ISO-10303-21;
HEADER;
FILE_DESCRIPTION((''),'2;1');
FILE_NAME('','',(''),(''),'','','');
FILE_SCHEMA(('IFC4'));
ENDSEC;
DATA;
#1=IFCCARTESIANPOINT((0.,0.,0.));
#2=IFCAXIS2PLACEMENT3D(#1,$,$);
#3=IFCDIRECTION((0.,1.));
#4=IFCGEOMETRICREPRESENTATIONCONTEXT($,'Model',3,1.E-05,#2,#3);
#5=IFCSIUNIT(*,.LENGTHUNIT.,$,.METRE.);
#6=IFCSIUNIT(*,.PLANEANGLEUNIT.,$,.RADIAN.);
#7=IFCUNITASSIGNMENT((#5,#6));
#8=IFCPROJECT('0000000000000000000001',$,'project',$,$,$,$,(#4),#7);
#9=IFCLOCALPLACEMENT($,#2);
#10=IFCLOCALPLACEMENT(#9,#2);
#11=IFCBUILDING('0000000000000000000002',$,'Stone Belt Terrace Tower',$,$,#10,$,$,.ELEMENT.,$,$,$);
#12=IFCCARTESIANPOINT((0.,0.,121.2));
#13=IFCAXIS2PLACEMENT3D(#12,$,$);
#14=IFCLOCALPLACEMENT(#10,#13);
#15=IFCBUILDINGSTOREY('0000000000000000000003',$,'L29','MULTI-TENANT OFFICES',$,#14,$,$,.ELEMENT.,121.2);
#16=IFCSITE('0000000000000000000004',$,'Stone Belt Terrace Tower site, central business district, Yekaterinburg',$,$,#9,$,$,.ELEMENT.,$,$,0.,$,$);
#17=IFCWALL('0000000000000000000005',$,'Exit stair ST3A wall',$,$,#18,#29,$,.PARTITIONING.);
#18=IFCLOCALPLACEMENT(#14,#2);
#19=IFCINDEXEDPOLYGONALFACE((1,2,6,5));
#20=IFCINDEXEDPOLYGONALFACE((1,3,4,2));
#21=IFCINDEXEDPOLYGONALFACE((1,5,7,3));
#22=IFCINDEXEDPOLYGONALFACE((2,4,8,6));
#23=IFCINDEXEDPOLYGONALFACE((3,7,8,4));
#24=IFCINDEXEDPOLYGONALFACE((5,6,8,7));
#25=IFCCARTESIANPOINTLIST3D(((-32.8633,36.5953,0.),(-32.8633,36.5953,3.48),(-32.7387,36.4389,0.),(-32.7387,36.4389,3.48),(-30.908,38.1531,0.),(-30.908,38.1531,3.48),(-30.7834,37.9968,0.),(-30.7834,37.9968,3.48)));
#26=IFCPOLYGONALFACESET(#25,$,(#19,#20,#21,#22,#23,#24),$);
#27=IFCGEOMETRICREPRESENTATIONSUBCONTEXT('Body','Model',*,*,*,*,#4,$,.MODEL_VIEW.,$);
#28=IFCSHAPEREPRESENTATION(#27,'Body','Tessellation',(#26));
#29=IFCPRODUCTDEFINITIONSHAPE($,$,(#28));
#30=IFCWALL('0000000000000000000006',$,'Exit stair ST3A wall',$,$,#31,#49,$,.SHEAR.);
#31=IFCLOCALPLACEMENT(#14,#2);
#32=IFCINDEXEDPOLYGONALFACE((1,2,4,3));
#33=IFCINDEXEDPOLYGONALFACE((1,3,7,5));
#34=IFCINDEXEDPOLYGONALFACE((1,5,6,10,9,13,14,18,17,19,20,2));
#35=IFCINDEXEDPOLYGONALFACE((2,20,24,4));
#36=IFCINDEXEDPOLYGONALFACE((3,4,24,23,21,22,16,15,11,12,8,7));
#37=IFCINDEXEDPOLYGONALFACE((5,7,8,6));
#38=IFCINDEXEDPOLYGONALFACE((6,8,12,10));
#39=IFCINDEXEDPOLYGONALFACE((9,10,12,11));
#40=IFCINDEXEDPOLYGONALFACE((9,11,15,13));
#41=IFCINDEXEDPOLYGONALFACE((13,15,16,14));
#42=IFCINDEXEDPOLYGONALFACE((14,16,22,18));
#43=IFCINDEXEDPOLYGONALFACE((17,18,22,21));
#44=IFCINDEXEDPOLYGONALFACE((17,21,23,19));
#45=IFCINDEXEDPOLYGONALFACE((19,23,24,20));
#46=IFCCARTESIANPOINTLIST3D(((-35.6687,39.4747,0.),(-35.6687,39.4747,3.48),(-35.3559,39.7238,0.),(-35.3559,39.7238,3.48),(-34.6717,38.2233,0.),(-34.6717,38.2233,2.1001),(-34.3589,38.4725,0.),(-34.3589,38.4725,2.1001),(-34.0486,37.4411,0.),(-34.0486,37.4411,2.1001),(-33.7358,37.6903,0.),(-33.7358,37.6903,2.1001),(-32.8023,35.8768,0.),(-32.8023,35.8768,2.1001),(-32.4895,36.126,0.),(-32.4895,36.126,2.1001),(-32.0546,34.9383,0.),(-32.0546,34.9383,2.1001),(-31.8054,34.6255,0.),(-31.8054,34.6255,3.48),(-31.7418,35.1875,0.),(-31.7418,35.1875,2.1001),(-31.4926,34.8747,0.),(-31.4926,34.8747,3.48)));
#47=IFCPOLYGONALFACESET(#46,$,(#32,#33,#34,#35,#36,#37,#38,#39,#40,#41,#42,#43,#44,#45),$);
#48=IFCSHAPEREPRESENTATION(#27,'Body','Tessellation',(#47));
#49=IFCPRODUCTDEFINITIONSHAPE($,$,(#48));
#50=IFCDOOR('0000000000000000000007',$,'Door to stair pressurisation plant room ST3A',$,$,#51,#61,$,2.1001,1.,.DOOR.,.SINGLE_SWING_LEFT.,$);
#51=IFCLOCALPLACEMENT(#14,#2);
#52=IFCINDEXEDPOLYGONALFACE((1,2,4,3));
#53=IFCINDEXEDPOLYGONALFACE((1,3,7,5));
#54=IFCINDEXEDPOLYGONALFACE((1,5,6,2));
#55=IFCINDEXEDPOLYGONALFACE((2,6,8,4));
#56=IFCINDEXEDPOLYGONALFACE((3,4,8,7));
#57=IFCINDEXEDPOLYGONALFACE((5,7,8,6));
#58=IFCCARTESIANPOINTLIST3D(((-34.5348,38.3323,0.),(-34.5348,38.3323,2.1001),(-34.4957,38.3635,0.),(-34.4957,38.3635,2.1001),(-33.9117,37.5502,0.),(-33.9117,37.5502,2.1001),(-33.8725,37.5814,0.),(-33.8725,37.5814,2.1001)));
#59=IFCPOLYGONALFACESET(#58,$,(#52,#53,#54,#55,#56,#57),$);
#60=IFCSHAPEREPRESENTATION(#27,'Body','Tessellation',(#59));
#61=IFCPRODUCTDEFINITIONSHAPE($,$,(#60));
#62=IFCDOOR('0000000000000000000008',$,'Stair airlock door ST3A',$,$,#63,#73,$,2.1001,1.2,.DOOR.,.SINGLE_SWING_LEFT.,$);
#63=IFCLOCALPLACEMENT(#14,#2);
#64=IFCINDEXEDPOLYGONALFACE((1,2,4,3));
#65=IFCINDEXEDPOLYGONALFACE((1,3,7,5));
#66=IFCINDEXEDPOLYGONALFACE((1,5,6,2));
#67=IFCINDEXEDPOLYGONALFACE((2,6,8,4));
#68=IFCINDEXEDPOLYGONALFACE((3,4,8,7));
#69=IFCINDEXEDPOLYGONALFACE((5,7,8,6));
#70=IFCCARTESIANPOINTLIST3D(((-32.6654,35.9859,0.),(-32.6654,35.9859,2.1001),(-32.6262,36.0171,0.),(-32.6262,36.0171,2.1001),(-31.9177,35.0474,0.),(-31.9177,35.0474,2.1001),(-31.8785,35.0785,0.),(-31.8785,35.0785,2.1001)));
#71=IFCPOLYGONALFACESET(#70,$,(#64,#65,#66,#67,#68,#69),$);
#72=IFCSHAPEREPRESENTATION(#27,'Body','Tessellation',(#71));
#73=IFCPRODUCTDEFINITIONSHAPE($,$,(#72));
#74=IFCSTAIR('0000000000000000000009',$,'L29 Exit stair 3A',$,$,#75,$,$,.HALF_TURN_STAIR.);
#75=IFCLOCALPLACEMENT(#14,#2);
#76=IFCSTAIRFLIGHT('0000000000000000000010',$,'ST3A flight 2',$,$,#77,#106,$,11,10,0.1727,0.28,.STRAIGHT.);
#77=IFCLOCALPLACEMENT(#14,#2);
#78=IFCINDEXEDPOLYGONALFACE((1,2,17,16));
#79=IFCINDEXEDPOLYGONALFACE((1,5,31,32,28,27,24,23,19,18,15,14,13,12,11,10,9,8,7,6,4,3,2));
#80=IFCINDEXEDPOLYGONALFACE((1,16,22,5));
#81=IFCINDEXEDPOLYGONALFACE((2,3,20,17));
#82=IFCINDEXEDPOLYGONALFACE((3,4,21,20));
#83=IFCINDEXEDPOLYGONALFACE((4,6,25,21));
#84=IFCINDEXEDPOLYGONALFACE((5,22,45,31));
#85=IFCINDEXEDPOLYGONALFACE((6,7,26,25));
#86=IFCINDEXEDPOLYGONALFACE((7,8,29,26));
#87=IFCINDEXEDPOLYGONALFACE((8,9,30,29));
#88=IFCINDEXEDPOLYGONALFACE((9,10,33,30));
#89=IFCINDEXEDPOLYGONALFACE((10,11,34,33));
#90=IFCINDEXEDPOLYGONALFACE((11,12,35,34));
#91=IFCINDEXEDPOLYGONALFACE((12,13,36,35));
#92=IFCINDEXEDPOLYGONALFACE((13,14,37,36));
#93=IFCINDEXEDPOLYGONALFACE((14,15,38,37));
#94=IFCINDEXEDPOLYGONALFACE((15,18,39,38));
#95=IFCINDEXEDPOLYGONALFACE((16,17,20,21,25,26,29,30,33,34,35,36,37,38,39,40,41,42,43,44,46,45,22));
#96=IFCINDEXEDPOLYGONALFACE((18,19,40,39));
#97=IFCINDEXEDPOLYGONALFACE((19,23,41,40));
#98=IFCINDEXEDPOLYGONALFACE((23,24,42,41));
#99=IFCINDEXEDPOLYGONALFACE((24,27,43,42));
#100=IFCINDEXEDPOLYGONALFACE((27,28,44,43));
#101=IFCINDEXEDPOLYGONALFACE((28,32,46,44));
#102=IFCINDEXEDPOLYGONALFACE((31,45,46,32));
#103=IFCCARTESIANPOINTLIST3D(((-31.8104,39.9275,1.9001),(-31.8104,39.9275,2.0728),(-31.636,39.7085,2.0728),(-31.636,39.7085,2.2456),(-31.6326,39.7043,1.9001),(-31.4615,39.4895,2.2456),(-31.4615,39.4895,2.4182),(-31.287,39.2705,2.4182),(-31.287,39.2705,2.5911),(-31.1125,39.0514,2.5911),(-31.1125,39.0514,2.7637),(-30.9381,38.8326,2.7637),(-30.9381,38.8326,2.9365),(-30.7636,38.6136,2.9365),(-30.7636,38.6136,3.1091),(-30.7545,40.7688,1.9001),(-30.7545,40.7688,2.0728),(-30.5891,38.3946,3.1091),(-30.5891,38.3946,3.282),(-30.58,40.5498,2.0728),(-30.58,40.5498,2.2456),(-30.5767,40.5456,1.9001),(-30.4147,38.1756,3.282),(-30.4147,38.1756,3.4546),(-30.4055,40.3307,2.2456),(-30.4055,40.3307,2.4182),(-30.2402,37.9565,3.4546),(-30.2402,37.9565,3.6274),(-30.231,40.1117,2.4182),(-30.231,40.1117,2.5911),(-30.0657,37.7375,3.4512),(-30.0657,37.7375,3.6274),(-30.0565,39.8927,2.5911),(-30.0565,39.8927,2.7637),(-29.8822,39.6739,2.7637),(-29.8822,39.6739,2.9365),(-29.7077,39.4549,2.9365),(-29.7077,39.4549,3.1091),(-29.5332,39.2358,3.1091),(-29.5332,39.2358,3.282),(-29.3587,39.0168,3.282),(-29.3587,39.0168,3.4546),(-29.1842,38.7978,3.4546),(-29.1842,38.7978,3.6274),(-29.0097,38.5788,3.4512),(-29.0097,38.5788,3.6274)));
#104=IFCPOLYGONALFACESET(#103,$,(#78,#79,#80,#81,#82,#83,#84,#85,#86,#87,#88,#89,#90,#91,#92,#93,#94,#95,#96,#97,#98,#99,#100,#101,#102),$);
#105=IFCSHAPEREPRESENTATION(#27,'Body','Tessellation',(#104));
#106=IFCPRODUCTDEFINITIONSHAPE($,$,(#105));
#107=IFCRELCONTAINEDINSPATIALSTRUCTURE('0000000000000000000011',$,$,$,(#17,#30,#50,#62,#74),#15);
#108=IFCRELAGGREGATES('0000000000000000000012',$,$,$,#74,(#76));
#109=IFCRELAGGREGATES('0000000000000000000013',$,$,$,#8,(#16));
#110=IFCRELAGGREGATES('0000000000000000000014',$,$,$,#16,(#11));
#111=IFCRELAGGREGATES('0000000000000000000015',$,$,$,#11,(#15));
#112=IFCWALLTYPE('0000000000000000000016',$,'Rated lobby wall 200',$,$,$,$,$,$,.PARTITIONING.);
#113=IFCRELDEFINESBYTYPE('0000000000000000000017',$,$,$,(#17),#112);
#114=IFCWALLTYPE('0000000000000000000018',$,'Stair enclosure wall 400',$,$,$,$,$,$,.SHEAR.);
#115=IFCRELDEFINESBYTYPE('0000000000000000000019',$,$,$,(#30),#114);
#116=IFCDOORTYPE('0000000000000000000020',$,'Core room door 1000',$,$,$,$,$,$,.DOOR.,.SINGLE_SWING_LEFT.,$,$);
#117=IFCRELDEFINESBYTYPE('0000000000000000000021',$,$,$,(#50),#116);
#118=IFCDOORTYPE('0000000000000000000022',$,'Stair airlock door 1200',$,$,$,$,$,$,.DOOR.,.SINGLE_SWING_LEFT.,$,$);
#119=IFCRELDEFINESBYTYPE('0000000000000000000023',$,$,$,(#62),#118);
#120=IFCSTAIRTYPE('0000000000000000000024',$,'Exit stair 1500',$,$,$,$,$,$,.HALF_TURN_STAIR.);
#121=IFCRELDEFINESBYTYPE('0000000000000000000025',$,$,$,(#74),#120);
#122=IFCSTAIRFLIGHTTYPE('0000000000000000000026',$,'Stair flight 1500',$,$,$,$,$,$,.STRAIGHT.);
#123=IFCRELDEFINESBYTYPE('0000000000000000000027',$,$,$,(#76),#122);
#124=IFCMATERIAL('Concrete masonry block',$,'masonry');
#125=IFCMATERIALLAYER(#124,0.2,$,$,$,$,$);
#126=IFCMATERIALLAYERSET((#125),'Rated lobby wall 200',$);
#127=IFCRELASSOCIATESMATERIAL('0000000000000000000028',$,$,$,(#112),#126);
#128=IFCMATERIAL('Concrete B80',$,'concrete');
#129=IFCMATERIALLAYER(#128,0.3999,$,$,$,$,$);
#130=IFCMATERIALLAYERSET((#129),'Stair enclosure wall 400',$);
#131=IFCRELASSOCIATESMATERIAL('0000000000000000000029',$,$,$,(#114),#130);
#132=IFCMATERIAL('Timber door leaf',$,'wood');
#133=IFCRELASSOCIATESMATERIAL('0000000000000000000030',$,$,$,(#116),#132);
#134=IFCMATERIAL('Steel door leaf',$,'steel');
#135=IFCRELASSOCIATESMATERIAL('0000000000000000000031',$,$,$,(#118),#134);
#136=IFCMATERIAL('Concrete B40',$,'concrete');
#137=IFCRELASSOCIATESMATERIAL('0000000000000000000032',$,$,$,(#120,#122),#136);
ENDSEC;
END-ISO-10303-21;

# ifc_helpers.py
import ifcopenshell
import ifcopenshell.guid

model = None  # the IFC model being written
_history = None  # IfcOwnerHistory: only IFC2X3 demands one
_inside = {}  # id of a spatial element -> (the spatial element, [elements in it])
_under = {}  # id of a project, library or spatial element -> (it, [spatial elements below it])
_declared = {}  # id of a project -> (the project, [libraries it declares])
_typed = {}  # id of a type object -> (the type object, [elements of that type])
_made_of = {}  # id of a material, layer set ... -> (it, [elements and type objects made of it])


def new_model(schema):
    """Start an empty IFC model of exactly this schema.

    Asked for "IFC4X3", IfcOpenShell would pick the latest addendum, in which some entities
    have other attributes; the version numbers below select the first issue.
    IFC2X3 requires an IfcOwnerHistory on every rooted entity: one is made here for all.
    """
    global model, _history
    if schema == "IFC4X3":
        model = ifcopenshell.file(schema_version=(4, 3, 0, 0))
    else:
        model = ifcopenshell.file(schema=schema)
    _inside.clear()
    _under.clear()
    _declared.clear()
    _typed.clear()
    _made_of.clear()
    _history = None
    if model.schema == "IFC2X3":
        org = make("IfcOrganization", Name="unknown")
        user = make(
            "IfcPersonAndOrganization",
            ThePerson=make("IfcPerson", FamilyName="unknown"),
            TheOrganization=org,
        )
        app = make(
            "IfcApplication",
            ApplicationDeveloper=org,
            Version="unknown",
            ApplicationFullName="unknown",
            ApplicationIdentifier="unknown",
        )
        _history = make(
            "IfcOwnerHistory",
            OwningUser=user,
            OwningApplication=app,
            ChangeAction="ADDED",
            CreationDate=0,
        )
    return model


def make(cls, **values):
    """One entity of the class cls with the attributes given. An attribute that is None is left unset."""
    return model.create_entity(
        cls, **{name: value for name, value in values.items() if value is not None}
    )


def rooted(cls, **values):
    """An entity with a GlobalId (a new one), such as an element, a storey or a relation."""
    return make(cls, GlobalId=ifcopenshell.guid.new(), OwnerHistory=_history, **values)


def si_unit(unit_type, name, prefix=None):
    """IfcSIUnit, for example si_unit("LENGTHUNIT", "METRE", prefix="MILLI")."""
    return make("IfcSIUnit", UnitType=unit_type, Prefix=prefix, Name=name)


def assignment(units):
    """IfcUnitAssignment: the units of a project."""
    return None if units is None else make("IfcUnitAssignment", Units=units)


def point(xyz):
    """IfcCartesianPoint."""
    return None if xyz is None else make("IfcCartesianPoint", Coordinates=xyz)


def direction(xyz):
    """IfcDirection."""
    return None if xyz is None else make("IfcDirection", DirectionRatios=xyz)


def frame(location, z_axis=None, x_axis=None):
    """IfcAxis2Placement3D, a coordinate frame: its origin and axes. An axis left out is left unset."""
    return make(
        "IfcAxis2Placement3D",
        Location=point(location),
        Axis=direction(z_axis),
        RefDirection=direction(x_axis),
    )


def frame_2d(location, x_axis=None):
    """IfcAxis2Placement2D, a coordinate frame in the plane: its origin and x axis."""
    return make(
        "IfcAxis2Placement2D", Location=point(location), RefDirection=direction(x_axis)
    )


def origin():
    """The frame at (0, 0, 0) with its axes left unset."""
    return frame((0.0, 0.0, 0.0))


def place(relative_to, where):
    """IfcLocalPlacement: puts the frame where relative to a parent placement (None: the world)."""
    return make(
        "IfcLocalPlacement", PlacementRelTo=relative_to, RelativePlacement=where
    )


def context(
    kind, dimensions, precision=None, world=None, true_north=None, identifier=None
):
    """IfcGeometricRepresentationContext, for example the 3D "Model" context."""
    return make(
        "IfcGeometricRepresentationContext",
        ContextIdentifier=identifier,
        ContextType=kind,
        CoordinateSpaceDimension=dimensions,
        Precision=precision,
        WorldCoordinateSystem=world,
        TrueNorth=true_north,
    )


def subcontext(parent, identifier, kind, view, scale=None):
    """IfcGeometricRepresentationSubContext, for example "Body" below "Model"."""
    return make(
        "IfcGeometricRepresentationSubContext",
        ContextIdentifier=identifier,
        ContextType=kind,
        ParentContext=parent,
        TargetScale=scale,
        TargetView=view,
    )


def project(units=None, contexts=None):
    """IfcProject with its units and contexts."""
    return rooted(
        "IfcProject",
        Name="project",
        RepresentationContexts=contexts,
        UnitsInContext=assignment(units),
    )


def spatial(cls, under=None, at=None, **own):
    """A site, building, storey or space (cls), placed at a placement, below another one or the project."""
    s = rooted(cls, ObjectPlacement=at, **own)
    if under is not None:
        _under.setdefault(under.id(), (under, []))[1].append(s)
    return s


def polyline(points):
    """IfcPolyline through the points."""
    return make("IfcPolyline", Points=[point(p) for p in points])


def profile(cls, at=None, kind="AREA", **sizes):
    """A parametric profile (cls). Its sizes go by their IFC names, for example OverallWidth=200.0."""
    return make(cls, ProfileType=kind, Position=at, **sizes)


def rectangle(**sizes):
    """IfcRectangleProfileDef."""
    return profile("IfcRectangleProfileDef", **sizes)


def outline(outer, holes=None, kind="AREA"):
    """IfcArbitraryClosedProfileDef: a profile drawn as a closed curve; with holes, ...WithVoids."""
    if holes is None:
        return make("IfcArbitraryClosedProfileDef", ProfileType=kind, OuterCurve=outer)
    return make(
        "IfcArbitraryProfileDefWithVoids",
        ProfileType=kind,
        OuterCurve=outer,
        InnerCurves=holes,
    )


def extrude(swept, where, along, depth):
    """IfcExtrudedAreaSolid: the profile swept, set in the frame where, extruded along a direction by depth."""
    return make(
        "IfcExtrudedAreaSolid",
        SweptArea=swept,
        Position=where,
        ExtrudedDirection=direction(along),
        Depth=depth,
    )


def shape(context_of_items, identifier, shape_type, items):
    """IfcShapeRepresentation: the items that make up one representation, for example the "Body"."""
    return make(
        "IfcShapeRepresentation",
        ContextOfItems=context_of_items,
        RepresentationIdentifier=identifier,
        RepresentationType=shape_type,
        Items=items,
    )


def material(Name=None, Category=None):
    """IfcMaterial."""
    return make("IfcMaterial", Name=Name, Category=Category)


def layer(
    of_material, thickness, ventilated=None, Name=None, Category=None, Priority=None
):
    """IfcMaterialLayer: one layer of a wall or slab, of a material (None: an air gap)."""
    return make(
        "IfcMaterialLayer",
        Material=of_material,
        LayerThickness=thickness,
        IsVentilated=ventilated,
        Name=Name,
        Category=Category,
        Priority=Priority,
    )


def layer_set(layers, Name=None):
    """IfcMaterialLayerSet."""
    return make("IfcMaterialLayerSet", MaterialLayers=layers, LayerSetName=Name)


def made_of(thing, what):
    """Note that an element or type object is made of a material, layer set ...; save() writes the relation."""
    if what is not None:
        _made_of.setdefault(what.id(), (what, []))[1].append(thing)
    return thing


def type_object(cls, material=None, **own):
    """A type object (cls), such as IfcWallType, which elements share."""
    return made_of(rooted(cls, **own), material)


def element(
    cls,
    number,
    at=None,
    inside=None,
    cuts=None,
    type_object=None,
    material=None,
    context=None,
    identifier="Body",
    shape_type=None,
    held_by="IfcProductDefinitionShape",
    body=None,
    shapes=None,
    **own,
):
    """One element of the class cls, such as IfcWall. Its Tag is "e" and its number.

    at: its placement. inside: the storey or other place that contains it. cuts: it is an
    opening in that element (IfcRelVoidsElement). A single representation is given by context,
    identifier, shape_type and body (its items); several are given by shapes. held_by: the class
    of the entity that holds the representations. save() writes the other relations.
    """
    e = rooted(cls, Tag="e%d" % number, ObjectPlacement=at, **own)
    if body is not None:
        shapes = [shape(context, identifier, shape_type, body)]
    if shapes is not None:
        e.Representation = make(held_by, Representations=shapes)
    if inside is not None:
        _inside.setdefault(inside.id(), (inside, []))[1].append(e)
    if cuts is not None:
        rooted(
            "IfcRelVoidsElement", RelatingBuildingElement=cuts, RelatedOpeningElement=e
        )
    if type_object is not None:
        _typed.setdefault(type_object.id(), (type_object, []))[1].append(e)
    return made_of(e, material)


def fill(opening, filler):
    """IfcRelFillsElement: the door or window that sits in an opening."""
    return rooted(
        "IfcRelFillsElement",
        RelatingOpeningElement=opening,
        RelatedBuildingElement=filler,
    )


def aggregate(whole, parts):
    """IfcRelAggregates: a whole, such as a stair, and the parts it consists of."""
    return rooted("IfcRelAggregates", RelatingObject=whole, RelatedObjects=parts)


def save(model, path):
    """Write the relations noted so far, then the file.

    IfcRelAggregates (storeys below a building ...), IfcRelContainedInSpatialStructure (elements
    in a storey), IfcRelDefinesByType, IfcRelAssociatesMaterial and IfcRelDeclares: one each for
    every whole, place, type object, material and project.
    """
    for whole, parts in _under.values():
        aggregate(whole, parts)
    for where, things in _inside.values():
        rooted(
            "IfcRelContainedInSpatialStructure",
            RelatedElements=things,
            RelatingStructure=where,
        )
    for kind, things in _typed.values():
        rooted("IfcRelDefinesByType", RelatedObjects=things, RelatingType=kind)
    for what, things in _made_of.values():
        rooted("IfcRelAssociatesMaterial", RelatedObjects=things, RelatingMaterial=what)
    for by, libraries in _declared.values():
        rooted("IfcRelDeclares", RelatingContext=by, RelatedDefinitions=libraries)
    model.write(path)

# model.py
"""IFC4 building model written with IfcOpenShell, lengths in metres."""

from ifc_helpers import new_model, si_unit, direction, frame, frame_2d, origin, place, context, subcontext, project, spatial, polyline, rectangle, outline, extrude, material, layer, layer_set, type_object, element, fill, aggregate, save


model = new_model("IFC4")

# Units and contexts
model_context = context("Model", 3, precision=1e-05, world=origin(), true_north=direction((0.0, 1.0)))
body_context = subcontext(model_context, "Body", "Model", "MODEL_VIEW")
ifc_project = project(units=[si_unit("LENGTHUNIT", "METRE"), si_unit("PLANEANGLEUNIT", "RADIAN")], contexts=[model_context])

# Site, building, storey
site_placement = place(None, origin())
site = spatial("IfcSite", under=ifc_project, at=site_placement, Name="Stone Belt Terrace Tower site, central business district, Yekaterinburg", CompositionType="ELEMENT", RefElevation=0.0)
building_placement = place(site_placement, origin())
building = spatial("IfcBuilding", under=site, at=building_placement, Name="Stone Belt Terrace Tower", CompositionType="ELEMENT")
storey_placement = place(building_placement, frame((0.0, 0.0, 121.2)))
storey = spatial("IfcBuildingStorey", under=building, at=storey_placement, Name="L29", Description="MULTI-TENANT OFFICES", CompositionType="ELEMENT", Elevation=121.2)

# Shared definitions
ifc_material_1 = material(Name="Concrete B80", Category="concrete")

# Wall
ifc_material_2 = material(Name="Concrete masonry block", Category="masonry")
ifc_layer_1 = layer(ifc_material_2, 0.2)
ifc_layer_set_1 = layer_set([ifc_layer_1], Name="Rated lobby wall 200")
wall_type_1 = type_object("IfcWallType", Name="Rated lobby wall 200", PredefinedType="PARTITIONING", material=ifc_layer_set_1)
wall_1_placement = place(storey_placement, frame((-30.8457, 38.075, 0.0), z_axis=(0.0, 0.0, 1.0), x_axis=(-0.782115, -0.623134, 0.0)))
element("IfcWall", 1, at=wall_1_placement, inside=storey, type_object=wall_type_1, Name="Exit stair ST3A wall", PredefinedType="PARTITIONING", context=body_context, shape_type="SweptSolid", body=[
    extrude(rectangle(XDim=2.5, YDim=0.2, at=frame_2d((1.25, 0.0))), origin(), (0.0, 0.0, 1.0), 3.48),
])

# Wall, openings, doors
ifc_layer_2 = layer(ifc_material_1, 0.3999)
ifc_layer_set_2 = layer_set([ifc_layer_2], Name="Stair enclosure wall 400")
wall_type_2 = type_object("IfcWallType", Name="Stair enclosure wall 400", PredefinedType="SHEAR", material=ifc_layer_set_2)
wall_2_placement = place(storey_placement, frame((-31.6489, 34.75, 0.0), z_axis=(0.0, 0.0, 1.0), x_axis=(-0.623119, 0.782127, 0.0)))
wall_2 = element("IfcWall", 2, at=wall_2_placement, inside=storey, type_object=wall_type_2, Name="Exit stair ST3A wall", PredefinedType="SHEAR", context=body_context, shape_type="SweptSolid", body=[
    extrude(rectangle(XDim=6.2, YDim=0.3999, at=frame_2d((3.1001, 0.0))), origin(), (0.0, 0.0, 1.0), 3.48),
])
opening_1_placement = place(wall_2_placement, frame((0.3999, 0.0, 0.0)))
opening_1 = element("IfcOpeningElement", 3, at=opening_1_placement, cuts=wall_2, PredefinedType="OPENING", context=body_context, shape_type="SweptSolid", body=[
    extrude(rectangle(XDim=1.2, YDim=2.1001, at=frame_2d((0.6001, 1.05))), frame((0.0, 0.21, 0.0), z_axis=(0.0, -1.0, 0.0), x_axis=(1.0, 0.0, 0.0)), (0.0, 0.0, 1.0), 0.4199),
])
opening_2_placement = place(wall_2_placement, frame((3.6001, 0.0, 0.0)))
opening_2 = element("IfcOpeningElement", 4, at=opening_2_placement, cuts=wall_2, PredefinedType="OPENING", context=body_context, shape_type="SweptSolid", body=[
    extrude(rectangle(XDim=1.0, YDim=2.1001, at=frame_2d((0.5, 1.05))), frame((0.0, 0.21, 0.0), z_axis=(0.0, -1.0, 0.0), x_axis=(1.0, 0.0, 0.0)), (0.0, 0.0, 1.0), 0.4199),
])
ifc_material_3 = material(Name="Timber door leaf", Category="wood")
door_type_1 = type_object("IfcDoorType", Name="Core room door 1000", OperationType="SINGLE_SWING_LEFT", PredefinedType="DOOR", material=ifc_material_3)
door_1_placement = place(opening_2_placement, origin())
door_1 = element("IfcDoor", 5, at=door_1_placement, inside=storey, type_object=door_type_1, Name="Door to stair pressurisation plant room ST3A", OperationType="SINGLE_SWING_LEFT", OverallHeight=2.1001, OverallWidth=1.0, PredefinedType="DOOR", context=body_context, shape_type="SweptSolid", body=[
    extrude(rectangle(XDim=1.0, YDim=2.1001, at=frame_2d((0.5, 1.05))), frame((0.0, 0.0249, 0.0), z_axis=(0.0, -1.0, 0.0), x_axis=(1.0, 0.0, 0.0)), (0.0, 0.0, 1.0), 0.05),
])
fill(opening_2, door_1)
ifc_material_4 = material(Name="Steel door leaf", Category="steel")
door_type_2 = type_object("IfcDoorType", Name="Stair airlock door 1200", OperationType="SINGLE_SWING_LEFT", PredefinedType="DOOR", material=ifc_material_4)
door_2_placement = place(opening_1_placement, origin())
door_2 = element("IfcDoor", 6, at=door_2_placement, inside=storey, type_object=door_type_2, Name="Stair airlock door ST3A", OperationType="SINGLE_SWING_LEFT", OverallHeight=2.1001, OverallWidth=1.2, PredefinedType="DOOR", context=body_context, shape_type="SweptSolid", body=[
    extrude(rectangle(XDim=1.2, YDim=2.1001, at=frame_2d((0.6001, 1.05))), frame((0.0, 0.0249, 0.0), z_axis=(0.0, -1.0, 0.0), x_axis=(1.0, 0.0, 0.0)), (0.0, 0.0, 1.0), 0.05),
])
fill(opening_1, door_2)

# Stair, stair flight
ifc_material_5 = material(Name="Concrete B40", Category="concrete")
stair_type = type_object("IfcStairType", Name="Exit stair 1500", PredefinedType="HALF_TURN_STAIR", material=ifc_material_5)
stair_placement = place(storey_placement, origin())
stair = element("IfcStair", 7, at=stair_placement, inside=storey, type_object=stair_type, Name="L29 Exit stair 3A", PredefinedType="HALF_TURN_STAIR")
stair_flight_type = type_object("IfcStairFlightType", Name="Stair flight 1500", PredefinedType="STRAIGHT", material=ifc_material_5)
stair_flight_placement = place(storey_placement, frame((-31.2825, 40.3481, 1.9001), z_axis=(0.0, 0.0, 1.0), x_axis=(0.623121, -0.782125, 0.0)))
stair_flight = element("IfcStairFlight", 8, at=stair_flight_placement, type_object=stair_flight_type, Name="ST3A flight 2", NumberOfRisers=11, NumberOfTreads=10, PredefinedType="STRAIGHT", RiserHeight=0.1727, TreadLength=0.28, context=body_context, shape_type="SweptSolid", body=[
    extrude(outline(polyline([(0.0, 0.0), (0.0, 0.1726), (0.28, 0.1726), (0.28, 0.3455), (0.5601, 0.3455), (0.5601, 0.5181), (0.8401, 0.5181), (0.8401, 0.6909), (1.1201, 0.6909), (1.1201, 0.8635), (1.3999, 0.8635), (1.3999, 1.0364), (1.6799, 1.0364), (1.6799, 1.209), (1.96, 1.209), (1.96, 1.3818), (2.24, 1.3818), (2.24, 1.5544), (2.52, 1.5544), (2.52, 1.7273), (2.8, 1.7273), (2.8, 1.8999), (2.8, 1.551), (0.2854, 0.0), (0.0, 0.0)])), frame((0.0, 0.675, 0.0), z_axis=(0.0, -1.0, 0.0), x_axis=(1.0, 0.0, 0.0)), (0.0, 0.0, 1.0), 1.3501),
])
aggregate(stair, [stair_flight])

save(model, "model.ifc")
